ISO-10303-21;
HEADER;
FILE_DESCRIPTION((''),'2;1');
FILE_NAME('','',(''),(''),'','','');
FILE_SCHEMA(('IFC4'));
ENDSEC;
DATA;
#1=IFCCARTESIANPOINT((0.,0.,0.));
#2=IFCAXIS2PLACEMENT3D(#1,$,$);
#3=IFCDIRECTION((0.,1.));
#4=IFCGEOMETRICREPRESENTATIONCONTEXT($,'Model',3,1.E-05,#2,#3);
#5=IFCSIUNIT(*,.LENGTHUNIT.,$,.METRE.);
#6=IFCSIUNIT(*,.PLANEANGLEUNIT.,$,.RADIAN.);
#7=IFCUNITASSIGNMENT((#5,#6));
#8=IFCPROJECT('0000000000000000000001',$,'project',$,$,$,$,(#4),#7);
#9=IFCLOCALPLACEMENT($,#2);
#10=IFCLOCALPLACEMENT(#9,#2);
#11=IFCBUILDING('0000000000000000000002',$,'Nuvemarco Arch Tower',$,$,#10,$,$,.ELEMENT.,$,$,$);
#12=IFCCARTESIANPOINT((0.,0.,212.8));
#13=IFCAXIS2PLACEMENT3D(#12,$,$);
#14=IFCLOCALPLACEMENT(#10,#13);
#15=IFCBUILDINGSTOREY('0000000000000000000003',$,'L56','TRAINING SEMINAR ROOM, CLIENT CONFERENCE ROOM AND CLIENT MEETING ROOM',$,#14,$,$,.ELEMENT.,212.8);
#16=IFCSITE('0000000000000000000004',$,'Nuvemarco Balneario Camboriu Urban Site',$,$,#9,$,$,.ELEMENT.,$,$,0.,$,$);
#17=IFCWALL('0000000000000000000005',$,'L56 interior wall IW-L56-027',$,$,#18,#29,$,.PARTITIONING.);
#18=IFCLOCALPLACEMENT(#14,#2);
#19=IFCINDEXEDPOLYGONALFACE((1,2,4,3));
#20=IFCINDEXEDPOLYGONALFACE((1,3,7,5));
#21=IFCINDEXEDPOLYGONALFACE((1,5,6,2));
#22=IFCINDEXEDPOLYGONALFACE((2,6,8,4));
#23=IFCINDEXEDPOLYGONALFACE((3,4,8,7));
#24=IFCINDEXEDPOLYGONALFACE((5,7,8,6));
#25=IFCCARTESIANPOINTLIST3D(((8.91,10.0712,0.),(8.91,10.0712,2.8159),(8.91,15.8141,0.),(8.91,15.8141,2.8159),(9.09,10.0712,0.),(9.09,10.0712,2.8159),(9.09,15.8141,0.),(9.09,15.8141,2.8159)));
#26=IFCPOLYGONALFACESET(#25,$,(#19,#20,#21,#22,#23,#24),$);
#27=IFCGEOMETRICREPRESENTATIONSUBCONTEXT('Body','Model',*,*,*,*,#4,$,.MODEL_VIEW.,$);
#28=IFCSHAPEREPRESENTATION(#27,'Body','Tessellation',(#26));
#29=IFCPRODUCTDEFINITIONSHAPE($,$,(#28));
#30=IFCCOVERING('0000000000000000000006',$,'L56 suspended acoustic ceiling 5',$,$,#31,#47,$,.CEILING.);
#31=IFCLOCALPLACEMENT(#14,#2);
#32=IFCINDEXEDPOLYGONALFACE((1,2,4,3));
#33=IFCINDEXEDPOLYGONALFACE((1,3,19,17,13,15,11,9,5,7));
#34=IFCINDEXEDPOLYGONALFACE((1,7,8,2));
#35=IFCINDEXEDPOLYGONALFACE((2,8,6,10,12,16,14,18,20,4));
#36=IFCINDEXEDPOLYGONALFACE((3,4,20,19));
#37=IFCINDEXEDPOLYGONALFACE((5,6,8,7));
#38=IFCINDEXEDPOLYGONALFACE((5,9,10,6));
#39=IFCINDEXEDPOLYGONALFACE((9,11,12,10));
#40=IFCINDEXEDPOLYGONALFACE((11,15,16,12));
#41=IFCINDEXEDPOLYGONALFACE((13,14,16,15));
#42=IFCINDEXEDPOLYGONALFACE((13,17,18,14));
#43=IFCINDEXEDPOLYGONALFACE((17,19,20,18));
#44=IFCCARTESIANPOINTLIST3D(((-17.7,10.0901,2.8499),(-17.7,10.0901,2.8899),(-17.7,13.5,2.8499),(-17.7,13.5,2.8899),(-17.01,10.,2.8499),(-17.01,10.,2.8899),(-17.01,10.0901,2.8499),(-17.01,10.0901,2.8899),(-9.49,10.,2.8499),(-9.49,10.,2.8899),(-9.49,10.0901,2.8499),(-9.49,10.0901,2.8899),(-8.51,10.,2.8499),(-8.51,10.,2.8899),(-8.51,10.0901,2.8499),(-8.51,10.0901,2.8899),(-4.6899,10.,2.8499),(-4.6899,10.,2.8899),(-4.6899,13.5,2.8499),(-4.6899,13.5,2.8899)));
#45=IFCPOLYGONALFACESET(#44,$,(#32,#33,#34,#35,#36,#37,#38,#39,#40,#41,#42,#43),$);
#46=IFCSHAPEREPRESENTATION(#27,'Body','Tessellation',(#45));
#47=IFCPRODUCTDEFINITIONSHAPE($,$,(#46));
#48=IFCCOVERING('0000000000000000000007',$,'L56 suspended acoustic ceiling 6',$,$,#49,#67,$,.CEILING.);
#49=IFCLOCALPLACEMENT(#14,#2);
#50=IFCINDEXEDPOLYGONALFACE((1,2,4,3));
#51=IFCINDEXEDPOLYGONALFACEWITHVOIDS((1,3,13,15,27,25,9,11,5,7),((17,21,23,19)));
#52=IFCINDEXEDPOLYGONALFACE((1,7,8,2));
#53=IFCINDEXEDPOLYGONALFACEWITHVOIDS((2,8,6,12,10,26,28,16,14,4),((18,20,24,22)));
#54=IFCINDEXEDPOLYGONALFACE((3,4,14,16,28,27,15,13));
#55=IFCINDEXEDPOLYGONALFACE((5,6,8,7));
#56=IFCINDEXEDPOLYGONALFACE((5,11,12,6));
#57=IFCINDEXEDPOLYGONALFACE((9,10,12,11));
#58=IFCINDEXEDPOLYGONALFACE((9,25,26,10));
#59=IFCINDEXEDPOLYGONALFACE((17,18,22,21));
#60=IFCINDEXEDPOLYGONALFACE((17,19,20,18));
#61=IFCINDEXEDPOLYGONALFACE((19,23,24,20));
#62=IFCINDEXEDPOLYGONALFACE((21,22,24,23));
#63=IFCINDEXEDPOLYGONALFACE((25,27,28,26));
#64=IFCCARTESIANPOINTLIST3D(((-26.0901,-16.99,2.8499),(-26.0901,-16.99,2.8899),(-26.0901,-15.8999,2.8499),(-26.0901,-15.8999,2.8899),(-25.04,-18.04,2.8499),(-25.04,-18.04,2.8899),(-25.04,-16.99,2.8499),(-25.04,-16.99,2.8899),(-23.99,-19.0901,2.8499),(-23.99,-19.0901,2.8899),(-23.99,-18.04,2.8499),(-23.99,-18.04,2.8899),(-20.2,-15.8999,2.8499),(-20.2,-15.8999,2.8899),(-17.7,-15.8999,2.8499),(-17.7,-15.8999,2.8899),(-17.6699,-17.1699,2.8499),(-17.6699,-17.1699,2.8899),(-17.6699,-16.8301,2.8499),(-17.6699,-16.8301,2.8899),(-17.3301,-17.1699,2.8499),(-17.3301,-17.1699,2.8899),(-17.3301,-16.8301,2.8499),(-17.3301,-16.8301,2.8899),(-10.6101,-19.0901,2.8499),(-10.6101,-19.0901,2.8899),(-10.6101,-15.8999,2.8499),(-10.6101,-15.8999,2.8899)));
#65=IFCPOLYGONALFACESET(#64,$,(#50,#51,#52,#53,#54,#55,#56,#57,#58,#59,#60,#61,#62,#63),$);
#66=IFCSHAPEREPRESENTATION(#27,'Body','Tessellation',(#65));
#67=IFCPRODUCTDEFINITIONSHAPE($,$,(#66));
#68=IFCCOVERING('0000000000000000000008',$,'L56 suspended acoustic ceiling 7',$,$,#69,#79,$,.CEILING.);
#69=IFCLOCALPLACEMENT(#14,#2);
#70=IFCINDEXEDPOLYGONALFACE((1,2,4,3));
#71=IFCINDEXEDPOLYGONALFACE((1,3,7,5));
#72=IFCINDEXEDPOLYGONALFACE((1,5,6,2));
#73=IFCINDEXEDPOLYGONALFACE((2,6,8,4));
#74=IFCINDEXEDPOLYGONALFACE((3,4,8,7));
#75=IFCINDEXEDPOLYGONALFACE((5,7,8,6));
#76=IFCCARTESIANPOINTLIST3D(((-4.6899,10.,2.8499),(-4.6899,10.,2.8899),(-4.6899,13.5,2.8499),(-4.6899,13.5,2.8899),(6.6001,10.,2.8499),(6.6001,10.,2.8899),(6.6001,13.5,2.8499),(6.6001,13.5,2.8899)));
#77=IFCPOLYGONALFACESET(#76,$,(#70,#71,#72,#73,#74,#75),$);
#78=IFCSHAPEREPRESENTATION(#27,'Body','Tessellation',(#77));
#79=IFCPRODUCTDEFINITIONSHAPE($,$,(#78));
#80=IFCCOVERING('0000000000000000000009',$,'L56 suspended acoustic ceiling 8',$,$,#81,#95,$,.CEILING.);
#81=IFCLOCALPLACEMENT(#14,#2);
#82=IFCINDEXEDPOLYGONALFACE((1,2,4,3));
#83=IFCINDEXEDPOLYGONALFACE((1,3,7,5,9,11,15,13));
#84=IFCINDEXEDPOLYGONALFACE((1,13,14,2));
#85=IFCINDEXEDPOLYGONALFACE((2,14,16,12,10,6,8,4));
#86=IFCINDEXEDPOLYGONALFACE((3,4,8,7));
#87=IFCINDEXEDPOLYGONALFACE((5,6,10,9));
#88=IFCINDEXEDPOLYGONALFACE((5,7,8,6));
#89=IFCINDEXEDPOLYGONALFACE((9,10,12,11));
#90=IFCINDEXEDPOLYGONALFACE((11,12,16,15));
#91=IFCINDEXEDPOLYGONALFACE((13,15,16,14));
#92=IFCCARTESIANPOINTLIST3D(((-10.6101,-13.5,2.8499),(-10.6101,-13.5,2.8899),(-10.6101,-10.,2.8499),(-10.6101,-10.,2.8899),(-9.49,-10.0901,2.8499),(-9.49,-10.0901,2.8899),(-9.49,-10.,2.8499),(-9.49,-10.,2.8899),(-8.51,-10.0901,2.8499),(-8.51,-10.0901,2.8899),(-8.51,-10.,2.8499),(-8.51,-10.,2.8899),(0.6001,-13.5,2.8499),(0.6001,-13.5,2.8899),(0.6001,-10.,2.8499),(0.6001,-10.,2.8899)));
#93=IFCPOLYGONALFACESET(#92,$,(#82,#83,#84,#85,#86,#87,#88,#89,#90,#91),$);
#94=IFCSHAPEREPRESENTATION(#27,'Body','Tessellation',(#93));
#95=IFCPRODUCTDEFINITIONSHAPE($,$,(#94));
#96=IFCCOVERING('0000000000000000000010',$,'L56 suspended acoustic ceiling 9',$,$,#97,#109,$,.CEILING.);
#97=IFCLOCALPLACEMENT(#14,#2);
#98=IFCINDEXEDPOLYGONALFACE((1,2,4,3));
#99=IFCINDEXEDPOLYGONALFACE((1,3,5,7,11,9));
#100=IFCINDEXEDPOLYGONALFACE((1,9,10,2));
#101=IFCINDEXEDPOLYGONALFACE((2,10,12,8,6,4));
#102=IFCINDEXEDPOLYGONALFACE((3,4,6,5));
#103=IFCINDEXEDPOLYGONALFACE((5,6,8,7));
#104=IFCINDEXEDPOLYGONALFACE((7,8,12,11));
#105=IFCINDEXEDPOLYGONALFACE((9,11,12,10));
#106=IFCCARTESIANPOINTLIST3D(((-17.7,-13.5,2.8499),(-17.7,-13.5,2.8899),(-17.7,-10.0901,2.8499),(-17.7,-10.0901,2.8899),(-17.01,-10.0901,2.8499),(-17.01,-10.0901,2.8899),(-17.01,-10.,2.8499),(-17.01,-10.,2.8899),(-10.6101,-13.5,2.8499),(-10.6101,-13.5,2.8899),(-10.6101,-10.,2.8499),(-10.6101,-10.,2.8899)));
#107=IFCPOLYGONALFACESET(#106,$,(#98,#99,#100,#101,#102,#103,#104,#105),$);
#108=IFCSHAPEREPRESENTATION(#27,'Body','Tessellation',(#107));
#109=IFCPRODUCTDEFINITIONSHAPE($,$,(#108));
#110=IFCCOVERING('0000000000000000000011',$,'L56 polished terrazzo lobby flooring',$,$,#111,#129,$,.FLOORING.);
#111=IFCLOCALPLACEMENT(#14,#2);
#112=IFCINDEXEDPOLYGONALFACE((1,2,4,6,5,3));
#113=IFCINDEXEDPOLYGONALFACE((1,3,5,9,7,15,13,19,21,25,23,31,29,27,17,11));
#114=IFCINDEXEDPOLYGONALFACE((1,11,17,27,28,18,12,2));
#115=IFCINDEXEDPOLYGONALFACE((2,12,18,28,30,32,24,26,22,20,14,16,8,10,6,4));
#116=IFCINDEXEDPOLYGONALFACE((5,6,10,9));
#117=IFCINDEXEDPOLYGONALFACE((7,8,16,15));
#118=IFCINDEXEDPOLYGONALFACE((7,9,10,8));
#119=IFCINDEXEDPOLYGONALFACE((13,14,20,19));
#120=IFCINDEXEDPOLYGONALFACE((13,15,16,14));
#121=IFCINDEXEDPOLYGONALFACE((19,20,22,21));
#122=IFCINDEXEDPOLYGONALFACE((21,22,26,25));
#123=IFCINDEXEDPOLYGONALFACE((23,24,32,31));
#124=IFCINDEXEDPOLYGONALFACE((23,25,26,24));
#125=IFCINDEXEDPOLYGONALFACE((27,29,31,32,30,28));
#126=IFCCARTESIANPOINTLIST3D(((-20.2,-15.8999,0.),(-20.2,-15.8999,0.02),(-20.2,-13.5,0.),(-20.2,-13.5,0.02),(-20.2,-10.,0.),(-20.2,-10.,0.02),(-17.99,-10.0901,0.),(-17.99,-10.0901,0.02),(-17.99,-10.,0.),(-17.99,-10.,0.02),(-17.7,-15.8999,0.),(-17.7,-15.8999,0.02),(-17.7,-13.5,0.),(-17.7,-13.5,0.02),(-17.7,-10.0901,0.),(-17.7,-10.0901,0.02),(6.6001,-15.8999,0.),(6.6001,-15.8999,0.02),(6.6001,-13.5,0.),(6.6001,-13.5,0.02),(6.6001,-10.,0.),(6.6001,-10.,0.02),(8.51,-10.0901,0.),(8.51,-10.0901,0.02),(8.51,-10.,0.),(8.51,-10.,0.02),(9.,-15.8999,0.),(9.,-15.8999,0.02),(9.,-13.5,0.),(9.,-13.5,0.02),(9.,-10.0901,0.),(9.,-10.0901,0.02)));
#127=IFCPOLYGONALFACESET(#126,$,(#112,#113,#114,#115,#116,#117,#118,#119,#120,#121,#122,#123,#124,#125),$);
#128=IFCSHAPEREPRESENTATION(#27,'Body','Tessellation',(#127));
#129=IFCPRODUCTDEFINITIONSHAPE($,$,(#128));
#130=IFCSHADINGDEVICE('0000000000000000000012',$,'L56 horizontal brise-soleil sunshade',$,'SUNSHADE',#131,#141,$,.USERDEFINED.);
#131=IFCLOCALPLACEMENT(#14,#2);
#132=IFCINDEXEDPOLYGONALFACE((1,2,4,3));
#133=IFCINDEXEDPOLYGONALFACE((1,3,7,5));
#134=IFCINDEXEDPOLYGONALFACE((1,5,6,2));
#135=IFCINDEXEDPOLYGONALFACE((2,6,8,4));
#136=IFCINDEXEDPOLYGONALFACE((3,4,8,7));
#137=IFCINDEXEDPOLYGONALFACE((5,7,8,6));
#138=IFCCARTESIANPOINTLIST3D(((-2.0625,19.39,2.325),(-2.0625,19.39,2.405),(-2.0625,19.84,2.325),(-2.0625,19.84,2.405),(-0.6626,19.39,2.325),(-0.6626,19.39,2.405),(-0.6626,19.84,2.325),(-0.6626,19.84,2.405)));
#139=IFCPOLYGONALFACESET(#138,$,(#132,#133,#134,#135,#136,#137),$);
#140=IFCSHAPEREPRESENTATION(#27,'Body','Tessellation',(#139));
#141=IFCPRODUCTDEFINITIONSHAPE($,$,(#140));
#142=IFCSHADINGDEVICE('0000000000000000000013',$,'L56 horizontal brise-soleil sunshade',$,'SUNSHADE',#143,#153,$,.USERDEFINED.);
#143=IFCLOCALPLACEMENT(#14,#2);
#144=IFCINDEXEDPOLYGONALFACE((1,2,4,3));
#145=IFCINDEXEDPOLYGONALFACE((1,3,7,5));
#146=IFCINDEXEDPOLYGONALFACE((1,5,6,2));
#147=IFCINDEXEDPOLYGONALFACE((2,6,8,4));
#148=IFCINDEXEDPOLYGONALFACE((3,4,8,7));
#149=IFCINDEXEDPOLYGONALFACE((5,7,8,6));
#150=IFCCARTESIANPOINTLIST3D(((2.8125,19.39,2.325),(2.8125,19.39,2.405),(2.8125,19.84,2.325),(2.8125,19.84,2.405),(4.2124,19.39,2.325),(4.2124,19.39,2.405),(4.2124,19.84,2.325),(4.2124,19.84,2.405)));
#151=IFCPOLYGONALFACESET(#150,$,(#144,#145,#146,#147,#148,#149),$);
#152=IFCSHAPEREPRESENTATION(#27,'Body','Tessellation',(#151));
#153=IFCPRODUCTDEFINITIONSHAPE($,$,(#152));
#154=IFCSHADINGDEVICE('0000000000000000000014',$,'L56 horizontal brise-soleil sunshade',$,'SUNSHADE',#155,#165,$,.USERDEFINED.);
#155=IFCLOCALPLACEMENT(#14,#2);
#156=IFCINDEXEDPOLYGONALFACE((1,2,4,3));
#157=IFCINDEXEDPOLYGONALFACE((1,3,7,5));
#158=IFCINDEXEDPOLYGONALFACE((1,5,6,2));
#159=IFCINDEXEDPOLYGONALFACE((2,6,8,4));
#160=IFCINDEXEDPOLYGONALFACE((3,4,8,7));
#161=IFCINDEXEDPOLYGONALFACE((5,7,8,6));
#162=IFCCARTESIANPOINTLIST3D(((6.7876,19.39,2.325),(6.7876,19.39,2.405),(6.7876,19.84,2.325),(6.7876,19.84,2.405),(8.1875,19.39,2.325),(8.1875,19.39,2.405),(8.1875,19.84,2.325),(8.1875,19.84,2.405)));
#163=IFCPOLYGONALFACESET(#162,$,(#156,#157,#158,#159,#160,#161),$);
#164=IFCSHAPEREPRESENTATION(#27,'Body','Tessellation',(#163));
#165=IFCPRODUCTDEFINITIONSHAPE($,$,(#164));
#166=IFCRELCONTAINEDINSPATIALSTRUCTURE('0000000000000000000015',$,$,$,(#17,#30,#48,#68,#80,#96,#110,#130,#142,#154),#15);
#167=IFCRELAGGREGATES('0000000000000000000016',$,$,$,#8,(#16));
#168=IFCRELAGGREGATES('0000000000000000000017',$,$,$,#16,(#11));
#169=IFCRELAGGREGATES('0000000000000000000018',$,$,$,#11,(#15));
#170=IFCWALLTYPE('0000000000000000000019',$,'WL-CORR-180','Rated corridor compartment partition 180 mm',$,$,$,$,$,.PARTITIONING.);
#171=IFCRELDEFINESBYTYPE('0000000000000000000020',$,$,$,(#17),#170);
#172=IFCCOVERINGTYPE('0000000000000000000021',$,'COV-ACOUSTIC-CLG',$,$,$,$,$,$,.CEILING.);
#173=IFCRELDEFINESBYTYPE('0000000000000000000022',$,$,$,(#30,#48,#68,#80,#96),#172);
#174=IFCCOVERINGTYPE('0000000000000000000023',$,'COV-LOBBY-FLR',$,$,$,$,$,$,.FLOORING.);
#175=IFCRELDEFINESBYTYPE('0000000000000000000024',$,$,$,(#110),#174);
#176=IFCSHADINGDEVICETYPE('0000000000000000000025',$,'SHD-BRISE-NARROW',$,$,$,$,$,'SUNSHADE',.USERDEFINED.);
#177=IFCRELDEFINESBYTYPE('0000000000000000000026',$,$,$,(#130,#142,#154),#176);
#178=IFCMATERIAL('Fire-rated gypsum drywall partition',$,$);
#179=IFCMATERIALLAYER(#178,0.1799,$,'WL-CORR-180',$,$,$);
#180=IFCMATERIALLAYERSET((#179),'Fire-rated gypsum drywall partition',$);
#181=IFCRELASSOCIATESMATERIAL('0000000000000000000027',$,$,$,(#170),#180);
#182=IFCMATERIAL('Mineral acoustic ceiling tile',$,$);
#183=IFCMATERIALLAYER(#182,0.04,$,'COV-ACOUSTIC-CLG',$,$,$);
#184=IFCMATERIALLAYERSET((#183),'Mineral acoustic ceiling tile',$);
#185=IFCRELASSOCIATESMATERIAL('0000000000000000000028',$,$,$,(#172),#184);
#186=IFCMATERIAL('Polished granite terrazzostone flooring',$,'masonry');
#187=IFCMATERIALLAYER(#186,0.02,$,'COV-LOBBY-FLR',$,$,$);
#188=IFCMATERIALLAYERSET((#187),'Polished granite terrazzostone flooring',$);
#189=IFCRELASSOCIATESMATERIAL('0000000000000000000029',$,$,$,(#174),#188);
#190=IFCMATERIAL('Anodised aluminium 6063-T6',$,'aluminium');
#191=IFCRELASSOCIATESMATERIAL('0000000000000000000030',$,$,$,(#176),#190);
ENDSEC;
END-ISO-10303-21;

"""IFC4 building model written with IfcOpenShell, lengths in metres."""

from ifc_helpers import new_model, si_unit, direction, frame, frame_2d, origin, origin_2d, place, context, subcontext, project, spatial, polyline, rectangle, outline, extrude, source, transform, mapped, material, layer, layer_set, type_object, type_shapes, element, save


model = new_model("IFC4")

# Units and contexts
model_context = context("Model", 3, precision=1e-05, world=origin(), true_north=direction((0.0, 1.0)))
body_context = subcontext(model_context, "Body", "Model", "MODEL_VIEW")
ifc_project = project(units=[si_unit("LENGTHUNIT", "METRE"), si_unit("PLANEANGLEUNIT", "RADIAN")], contexts=[model_context])

# Site, building, storey
site_placement = place(None, origin())
site = spatial("IfcSite", under=ifc_project, at=site_placement, Name="Nuvemarco Balneario Camboriu Urban Site", CompositionType="ELEMENT", RefElevation=0.0)
building_placement = place(site_placement, origin())
building = spatial("IfcBuilding", under=site, at=building_placement, Name="Nuvemarco Arch Tower", CompositionType="ELEMENT")
storey_placement = place(building_placement, frame((0.0, 0.0, 212.8)))
storey = spatial("IfcBuildingStorey", under=building, at=storey_placement, Name="L56", Description="TRAINING SEMINAR ROOM, CLIENT CONFERENCE ROOM AND CLIENT MEETING ROOM", CompositionType="ELEMENT", Elevation=212.8)

# Shared definitions
ifc_material_1 = material(Name="Fire-rated gypsum drywall partition")
ifc_layer_1 = layer(ifc_material_1, 0.1799, Name="WL-CORR-180")
ifc_layer_set_1 = layer_set([ifc_layer_1], Name="Fire-rated gypsum drywall partition")
wall_type_1 = type_object("IfcWallType", Name="WL-CORR-180", Description="Rated corridor compartment partition 180 mm", PredefinedType="PARTITIONING", material=ifc_layer_set_1)

# Wall
wall_1_placement = place(storey_placement, frame((9.0, 10.071, 0.0), z_axis=(0.0, 0.0, 1.0), x_axis=(0.0, 1.0, 0.0)))
element("IfcWall", 1, at=wall_1_placement, inside=storey, type_object=wall_type_1, Name="L56 interior wall IW-L56-027", PredefinedType="PARTITIONING", context=body_context, shape_type="SweptSolid", body=[
    extrude(rectangle(XDim=5.7429, YDim=0.1799, at=frame_2d((2.8716, 0.0))), origin(), (0.0, 0.0, 1.0), 2.8159),
])

# Coverings
ifc_material_2 = material(Name="Mineral acoustic ceiling tile")
ifc_layer_2 = layer(ifc_material_2, 0.04, Name="COV-ACOUSTIC-CLG")
ifc_layer_set_2 = layer_set([ifc_layer_2], Name="Mineral acoustic ceiling tile")
covering_type_1 = type_object("IfcCoveringType", Name="COV-ACOUSTIC-CLG", PredefinedType="CEILING", material=ifc_layer_set_2)
covering_1_placement = place(storey_placement, frame((0.0, 0.0, 2.8499)))
element("IfcCovering", 2, at=covering_1_placement, inside=storey, type_object=covering_type_1, Name="L56 suspended acoustic ceiling 5", PredefinedType="CEILING", context=body_context, shape_type="SweptSolid", body=[
    extrude(outline(polyline([(-4.6899, 13.5), (-4.6899, 10.0), (-8.51, 10.0), (-8.51, 10.0901), (-9.49, 10.0901), (-9.49, 10.0), (-17.01, 10.0), (-17.01, 10.0901), (-17.7, 10.0901), (-17.7, 13.5), (-4.6899, 13.5)])), origin(), (0.0, 0.0, 1.0), 0.04),
])
covering_2_placement = place(storey_placement, frame((0.0, 0.0, 2.8499)))
element("IfcCovering", 3, at=covering_2_placement, inside=storey, type_object=covering_type_1, Name="L56 suspended acoustic ceiling 6", PredefinedType="CEILING", context=body_context, shape_type="SweptSolid", body=[
    extrude(outline(polyline([(-26.0901, -16.99), (-26.0901, -15.8999), (-20.2, -15.8999), (-17.7, -15.8999), (-10.6101, -15.8999), (-10.6101, -19.0901), (-23.99, -19.0901), (-23.99, -18.04), (-25.04, -18.04), (-25.04, -16.99), (-26.0901, -16.99)]), holes=[polyline([(-17.3301, -16.8301), (-17.6699, -16.8301), (-17.6699, -17.1699), (-17.3301, -17.1699), (-17.3301, -16.8301)])]), origin(), (0.0, 0.0, 1.0), 0.04),
])
covering_3_placement = place(storey_placement, frame((0.0, 0.0, 2.8499)))
element("IfcCovering", 4, at=covering_3_placement, inside=storey, type_object=covering_type_1, Name="L56 suspended acoustic ceiling 7", PredefinedType="CEILING", context=body_context, shape_type="SweptSolid", body=[
    extrude(outline(polyline([(-4.6899, 13.5), (6.6001, 13.5), (6.6001, 10.0), (-4.6899, 10.0), (-4.6899, 13.5)])), origin(), (0.0, 0.0, 1.0), 0.04),
])
covering_4_placement = place(storey_placement, frame((0.0, 0.0, 2.8499)))
element("IfcCovering", 5, at=covering_4_placement, inside=storey, type_object=covering_type_1, Name="L56 suspended acoustic ceiling 8", PredefinedType="CEILING", context=body_context, shape_type="SweptSolid", body=[
    extrude(outline(polyline([(0.6001, -13.5), (-10.6101, -13.5), (-10.6101, -10.0), (-9.49, -10.0), (-9.49, -10.0901), (-8.51, -10.0901), (-8.51, -10.0), (0.6001, -10.0), (0.6001, -13.5)])), origin(), (0.0, 0.0, 1.0), 0.04),
])
covering_5_placement = place(storey_placement, frame((0.0, 0.0, 2.8499)))
element("IfcCovering", 6, at=covering_5_placement, inside=storey, type_object=covering_type_1, Name="L56 suspended acoustic ceiling 9", PredefinedType="CEILING", context=body_context, shape_type="SweptSolid", body=[
    extrude(outline(polyline([(-10.6101, -13.5), (-17.7, -13.5), (-17.7, -10.0901), (-17.01, -10.0901), (-17.01, -10.0), (-10.6101, -10.0), (-10.6101, -13.5)])), origin(), (0.0, 0.0, 1.0), 0.04),
])
ifc_material_3 = material(Name="Polished granite terrazzostone flooring", Category="masonry")
ifc_layer_3 = layer(ifc_material_3, 0.02, Name="COV-LOBBY-FLR")
ifc_layer_set_3 = layer_set([ifc_layer_3], Name="Polished granite terrazzostone flooring")
covering_type_2 = type_object("IfcCoveringType", Name="COV-LOBBY-FLR", PredefinedType="FLOORING", material=ifc_layer_set_3)
covering_6_placement = place(storey_placement, origin())
element("IfcCovering", 7, at=covering_6_placement, inside=storey, type_object=covering_type_2, Name="L56 polished terrazzo lobby flooring", PredefinedType="FLOORING", context=body_context, shape_type="SweptSolid", body=[
    extrude(outline(polyline([(-20.2, -10.0), (-17.99, -10.0), (-17.99, -10.0901), (-17.7, -10.0901), (-17.7, -13.5), (6.6001, -13.5), (6.6001, -10.0), (8.51, -10.0), (8.51, -10.0901), (9.0, -10.0901), (9.0, -13.5), (9.0, -15.8999), (6.6001, -15.8999), (-17.7, -15.8999), (-20.2, -15.8999), (-20.2, -13.5), (-20.2, -10.0)])), origin(), (0.0, 0.0, 1.0), 0.02),
])

# Shading devices
ifc_material_4 = material(Name="Anodised aluminium 6063-T6", Category="aluminium")
shading_device_type = type_object("IfcShadingDeviceType", Name="SHD-BRISE-NARROW", ElementType="SUNSHADE", PredefinedType="USERDEFINED", material=ifc_material_4)
shared_shape_1 = source(origin(), body_context, "Body", "SweptSolid", [
    extrude(rectangle(XDim=1.3999, YDim=0.45, at=origin_2d()), origin(), (0.0, 0.0, 1.0), 0.0801),
])
type_shapes(shading_device_type, [shared_shape_1])
for number, where, z_axis, x_axis, name in (
    (8, (-1.3625, 19.615, 2.325), (0.0, 0.0, 1.0), (1.0, 0.0, 0.0), "L56 horizontal brise-soleil sunshade"),
    (9, (3.5125, 19.615, 2.325), (0.0, 0.0, 1.0), (1.0, 0.0, 0.0), "L56 horizontal brise-soleil sunshade"),
    (10, (7.4875, 19.615, 2.325), (0.0, 0.0, 1.0), (1.0, 0.0, 0.0), "L56 horizontal brise-soleil sunshade"),
):
    element("IfcShadingDevice", number, at=place(storey_placement, frame(where, z_axis=z_axis, x_axis=x_axis)), inside=storey, type_object=shading_device_type, Name=name, ObjectType="SUNSHADE", PredefinedType="USERDEFINED", context=body_context, shape_type="MappedRepresentation", body=[
        mapped(shared_shape_1, transform((0.0, 0.0, 0.0), scale=1.0)),
    ])

save(model, "model.ifc")
